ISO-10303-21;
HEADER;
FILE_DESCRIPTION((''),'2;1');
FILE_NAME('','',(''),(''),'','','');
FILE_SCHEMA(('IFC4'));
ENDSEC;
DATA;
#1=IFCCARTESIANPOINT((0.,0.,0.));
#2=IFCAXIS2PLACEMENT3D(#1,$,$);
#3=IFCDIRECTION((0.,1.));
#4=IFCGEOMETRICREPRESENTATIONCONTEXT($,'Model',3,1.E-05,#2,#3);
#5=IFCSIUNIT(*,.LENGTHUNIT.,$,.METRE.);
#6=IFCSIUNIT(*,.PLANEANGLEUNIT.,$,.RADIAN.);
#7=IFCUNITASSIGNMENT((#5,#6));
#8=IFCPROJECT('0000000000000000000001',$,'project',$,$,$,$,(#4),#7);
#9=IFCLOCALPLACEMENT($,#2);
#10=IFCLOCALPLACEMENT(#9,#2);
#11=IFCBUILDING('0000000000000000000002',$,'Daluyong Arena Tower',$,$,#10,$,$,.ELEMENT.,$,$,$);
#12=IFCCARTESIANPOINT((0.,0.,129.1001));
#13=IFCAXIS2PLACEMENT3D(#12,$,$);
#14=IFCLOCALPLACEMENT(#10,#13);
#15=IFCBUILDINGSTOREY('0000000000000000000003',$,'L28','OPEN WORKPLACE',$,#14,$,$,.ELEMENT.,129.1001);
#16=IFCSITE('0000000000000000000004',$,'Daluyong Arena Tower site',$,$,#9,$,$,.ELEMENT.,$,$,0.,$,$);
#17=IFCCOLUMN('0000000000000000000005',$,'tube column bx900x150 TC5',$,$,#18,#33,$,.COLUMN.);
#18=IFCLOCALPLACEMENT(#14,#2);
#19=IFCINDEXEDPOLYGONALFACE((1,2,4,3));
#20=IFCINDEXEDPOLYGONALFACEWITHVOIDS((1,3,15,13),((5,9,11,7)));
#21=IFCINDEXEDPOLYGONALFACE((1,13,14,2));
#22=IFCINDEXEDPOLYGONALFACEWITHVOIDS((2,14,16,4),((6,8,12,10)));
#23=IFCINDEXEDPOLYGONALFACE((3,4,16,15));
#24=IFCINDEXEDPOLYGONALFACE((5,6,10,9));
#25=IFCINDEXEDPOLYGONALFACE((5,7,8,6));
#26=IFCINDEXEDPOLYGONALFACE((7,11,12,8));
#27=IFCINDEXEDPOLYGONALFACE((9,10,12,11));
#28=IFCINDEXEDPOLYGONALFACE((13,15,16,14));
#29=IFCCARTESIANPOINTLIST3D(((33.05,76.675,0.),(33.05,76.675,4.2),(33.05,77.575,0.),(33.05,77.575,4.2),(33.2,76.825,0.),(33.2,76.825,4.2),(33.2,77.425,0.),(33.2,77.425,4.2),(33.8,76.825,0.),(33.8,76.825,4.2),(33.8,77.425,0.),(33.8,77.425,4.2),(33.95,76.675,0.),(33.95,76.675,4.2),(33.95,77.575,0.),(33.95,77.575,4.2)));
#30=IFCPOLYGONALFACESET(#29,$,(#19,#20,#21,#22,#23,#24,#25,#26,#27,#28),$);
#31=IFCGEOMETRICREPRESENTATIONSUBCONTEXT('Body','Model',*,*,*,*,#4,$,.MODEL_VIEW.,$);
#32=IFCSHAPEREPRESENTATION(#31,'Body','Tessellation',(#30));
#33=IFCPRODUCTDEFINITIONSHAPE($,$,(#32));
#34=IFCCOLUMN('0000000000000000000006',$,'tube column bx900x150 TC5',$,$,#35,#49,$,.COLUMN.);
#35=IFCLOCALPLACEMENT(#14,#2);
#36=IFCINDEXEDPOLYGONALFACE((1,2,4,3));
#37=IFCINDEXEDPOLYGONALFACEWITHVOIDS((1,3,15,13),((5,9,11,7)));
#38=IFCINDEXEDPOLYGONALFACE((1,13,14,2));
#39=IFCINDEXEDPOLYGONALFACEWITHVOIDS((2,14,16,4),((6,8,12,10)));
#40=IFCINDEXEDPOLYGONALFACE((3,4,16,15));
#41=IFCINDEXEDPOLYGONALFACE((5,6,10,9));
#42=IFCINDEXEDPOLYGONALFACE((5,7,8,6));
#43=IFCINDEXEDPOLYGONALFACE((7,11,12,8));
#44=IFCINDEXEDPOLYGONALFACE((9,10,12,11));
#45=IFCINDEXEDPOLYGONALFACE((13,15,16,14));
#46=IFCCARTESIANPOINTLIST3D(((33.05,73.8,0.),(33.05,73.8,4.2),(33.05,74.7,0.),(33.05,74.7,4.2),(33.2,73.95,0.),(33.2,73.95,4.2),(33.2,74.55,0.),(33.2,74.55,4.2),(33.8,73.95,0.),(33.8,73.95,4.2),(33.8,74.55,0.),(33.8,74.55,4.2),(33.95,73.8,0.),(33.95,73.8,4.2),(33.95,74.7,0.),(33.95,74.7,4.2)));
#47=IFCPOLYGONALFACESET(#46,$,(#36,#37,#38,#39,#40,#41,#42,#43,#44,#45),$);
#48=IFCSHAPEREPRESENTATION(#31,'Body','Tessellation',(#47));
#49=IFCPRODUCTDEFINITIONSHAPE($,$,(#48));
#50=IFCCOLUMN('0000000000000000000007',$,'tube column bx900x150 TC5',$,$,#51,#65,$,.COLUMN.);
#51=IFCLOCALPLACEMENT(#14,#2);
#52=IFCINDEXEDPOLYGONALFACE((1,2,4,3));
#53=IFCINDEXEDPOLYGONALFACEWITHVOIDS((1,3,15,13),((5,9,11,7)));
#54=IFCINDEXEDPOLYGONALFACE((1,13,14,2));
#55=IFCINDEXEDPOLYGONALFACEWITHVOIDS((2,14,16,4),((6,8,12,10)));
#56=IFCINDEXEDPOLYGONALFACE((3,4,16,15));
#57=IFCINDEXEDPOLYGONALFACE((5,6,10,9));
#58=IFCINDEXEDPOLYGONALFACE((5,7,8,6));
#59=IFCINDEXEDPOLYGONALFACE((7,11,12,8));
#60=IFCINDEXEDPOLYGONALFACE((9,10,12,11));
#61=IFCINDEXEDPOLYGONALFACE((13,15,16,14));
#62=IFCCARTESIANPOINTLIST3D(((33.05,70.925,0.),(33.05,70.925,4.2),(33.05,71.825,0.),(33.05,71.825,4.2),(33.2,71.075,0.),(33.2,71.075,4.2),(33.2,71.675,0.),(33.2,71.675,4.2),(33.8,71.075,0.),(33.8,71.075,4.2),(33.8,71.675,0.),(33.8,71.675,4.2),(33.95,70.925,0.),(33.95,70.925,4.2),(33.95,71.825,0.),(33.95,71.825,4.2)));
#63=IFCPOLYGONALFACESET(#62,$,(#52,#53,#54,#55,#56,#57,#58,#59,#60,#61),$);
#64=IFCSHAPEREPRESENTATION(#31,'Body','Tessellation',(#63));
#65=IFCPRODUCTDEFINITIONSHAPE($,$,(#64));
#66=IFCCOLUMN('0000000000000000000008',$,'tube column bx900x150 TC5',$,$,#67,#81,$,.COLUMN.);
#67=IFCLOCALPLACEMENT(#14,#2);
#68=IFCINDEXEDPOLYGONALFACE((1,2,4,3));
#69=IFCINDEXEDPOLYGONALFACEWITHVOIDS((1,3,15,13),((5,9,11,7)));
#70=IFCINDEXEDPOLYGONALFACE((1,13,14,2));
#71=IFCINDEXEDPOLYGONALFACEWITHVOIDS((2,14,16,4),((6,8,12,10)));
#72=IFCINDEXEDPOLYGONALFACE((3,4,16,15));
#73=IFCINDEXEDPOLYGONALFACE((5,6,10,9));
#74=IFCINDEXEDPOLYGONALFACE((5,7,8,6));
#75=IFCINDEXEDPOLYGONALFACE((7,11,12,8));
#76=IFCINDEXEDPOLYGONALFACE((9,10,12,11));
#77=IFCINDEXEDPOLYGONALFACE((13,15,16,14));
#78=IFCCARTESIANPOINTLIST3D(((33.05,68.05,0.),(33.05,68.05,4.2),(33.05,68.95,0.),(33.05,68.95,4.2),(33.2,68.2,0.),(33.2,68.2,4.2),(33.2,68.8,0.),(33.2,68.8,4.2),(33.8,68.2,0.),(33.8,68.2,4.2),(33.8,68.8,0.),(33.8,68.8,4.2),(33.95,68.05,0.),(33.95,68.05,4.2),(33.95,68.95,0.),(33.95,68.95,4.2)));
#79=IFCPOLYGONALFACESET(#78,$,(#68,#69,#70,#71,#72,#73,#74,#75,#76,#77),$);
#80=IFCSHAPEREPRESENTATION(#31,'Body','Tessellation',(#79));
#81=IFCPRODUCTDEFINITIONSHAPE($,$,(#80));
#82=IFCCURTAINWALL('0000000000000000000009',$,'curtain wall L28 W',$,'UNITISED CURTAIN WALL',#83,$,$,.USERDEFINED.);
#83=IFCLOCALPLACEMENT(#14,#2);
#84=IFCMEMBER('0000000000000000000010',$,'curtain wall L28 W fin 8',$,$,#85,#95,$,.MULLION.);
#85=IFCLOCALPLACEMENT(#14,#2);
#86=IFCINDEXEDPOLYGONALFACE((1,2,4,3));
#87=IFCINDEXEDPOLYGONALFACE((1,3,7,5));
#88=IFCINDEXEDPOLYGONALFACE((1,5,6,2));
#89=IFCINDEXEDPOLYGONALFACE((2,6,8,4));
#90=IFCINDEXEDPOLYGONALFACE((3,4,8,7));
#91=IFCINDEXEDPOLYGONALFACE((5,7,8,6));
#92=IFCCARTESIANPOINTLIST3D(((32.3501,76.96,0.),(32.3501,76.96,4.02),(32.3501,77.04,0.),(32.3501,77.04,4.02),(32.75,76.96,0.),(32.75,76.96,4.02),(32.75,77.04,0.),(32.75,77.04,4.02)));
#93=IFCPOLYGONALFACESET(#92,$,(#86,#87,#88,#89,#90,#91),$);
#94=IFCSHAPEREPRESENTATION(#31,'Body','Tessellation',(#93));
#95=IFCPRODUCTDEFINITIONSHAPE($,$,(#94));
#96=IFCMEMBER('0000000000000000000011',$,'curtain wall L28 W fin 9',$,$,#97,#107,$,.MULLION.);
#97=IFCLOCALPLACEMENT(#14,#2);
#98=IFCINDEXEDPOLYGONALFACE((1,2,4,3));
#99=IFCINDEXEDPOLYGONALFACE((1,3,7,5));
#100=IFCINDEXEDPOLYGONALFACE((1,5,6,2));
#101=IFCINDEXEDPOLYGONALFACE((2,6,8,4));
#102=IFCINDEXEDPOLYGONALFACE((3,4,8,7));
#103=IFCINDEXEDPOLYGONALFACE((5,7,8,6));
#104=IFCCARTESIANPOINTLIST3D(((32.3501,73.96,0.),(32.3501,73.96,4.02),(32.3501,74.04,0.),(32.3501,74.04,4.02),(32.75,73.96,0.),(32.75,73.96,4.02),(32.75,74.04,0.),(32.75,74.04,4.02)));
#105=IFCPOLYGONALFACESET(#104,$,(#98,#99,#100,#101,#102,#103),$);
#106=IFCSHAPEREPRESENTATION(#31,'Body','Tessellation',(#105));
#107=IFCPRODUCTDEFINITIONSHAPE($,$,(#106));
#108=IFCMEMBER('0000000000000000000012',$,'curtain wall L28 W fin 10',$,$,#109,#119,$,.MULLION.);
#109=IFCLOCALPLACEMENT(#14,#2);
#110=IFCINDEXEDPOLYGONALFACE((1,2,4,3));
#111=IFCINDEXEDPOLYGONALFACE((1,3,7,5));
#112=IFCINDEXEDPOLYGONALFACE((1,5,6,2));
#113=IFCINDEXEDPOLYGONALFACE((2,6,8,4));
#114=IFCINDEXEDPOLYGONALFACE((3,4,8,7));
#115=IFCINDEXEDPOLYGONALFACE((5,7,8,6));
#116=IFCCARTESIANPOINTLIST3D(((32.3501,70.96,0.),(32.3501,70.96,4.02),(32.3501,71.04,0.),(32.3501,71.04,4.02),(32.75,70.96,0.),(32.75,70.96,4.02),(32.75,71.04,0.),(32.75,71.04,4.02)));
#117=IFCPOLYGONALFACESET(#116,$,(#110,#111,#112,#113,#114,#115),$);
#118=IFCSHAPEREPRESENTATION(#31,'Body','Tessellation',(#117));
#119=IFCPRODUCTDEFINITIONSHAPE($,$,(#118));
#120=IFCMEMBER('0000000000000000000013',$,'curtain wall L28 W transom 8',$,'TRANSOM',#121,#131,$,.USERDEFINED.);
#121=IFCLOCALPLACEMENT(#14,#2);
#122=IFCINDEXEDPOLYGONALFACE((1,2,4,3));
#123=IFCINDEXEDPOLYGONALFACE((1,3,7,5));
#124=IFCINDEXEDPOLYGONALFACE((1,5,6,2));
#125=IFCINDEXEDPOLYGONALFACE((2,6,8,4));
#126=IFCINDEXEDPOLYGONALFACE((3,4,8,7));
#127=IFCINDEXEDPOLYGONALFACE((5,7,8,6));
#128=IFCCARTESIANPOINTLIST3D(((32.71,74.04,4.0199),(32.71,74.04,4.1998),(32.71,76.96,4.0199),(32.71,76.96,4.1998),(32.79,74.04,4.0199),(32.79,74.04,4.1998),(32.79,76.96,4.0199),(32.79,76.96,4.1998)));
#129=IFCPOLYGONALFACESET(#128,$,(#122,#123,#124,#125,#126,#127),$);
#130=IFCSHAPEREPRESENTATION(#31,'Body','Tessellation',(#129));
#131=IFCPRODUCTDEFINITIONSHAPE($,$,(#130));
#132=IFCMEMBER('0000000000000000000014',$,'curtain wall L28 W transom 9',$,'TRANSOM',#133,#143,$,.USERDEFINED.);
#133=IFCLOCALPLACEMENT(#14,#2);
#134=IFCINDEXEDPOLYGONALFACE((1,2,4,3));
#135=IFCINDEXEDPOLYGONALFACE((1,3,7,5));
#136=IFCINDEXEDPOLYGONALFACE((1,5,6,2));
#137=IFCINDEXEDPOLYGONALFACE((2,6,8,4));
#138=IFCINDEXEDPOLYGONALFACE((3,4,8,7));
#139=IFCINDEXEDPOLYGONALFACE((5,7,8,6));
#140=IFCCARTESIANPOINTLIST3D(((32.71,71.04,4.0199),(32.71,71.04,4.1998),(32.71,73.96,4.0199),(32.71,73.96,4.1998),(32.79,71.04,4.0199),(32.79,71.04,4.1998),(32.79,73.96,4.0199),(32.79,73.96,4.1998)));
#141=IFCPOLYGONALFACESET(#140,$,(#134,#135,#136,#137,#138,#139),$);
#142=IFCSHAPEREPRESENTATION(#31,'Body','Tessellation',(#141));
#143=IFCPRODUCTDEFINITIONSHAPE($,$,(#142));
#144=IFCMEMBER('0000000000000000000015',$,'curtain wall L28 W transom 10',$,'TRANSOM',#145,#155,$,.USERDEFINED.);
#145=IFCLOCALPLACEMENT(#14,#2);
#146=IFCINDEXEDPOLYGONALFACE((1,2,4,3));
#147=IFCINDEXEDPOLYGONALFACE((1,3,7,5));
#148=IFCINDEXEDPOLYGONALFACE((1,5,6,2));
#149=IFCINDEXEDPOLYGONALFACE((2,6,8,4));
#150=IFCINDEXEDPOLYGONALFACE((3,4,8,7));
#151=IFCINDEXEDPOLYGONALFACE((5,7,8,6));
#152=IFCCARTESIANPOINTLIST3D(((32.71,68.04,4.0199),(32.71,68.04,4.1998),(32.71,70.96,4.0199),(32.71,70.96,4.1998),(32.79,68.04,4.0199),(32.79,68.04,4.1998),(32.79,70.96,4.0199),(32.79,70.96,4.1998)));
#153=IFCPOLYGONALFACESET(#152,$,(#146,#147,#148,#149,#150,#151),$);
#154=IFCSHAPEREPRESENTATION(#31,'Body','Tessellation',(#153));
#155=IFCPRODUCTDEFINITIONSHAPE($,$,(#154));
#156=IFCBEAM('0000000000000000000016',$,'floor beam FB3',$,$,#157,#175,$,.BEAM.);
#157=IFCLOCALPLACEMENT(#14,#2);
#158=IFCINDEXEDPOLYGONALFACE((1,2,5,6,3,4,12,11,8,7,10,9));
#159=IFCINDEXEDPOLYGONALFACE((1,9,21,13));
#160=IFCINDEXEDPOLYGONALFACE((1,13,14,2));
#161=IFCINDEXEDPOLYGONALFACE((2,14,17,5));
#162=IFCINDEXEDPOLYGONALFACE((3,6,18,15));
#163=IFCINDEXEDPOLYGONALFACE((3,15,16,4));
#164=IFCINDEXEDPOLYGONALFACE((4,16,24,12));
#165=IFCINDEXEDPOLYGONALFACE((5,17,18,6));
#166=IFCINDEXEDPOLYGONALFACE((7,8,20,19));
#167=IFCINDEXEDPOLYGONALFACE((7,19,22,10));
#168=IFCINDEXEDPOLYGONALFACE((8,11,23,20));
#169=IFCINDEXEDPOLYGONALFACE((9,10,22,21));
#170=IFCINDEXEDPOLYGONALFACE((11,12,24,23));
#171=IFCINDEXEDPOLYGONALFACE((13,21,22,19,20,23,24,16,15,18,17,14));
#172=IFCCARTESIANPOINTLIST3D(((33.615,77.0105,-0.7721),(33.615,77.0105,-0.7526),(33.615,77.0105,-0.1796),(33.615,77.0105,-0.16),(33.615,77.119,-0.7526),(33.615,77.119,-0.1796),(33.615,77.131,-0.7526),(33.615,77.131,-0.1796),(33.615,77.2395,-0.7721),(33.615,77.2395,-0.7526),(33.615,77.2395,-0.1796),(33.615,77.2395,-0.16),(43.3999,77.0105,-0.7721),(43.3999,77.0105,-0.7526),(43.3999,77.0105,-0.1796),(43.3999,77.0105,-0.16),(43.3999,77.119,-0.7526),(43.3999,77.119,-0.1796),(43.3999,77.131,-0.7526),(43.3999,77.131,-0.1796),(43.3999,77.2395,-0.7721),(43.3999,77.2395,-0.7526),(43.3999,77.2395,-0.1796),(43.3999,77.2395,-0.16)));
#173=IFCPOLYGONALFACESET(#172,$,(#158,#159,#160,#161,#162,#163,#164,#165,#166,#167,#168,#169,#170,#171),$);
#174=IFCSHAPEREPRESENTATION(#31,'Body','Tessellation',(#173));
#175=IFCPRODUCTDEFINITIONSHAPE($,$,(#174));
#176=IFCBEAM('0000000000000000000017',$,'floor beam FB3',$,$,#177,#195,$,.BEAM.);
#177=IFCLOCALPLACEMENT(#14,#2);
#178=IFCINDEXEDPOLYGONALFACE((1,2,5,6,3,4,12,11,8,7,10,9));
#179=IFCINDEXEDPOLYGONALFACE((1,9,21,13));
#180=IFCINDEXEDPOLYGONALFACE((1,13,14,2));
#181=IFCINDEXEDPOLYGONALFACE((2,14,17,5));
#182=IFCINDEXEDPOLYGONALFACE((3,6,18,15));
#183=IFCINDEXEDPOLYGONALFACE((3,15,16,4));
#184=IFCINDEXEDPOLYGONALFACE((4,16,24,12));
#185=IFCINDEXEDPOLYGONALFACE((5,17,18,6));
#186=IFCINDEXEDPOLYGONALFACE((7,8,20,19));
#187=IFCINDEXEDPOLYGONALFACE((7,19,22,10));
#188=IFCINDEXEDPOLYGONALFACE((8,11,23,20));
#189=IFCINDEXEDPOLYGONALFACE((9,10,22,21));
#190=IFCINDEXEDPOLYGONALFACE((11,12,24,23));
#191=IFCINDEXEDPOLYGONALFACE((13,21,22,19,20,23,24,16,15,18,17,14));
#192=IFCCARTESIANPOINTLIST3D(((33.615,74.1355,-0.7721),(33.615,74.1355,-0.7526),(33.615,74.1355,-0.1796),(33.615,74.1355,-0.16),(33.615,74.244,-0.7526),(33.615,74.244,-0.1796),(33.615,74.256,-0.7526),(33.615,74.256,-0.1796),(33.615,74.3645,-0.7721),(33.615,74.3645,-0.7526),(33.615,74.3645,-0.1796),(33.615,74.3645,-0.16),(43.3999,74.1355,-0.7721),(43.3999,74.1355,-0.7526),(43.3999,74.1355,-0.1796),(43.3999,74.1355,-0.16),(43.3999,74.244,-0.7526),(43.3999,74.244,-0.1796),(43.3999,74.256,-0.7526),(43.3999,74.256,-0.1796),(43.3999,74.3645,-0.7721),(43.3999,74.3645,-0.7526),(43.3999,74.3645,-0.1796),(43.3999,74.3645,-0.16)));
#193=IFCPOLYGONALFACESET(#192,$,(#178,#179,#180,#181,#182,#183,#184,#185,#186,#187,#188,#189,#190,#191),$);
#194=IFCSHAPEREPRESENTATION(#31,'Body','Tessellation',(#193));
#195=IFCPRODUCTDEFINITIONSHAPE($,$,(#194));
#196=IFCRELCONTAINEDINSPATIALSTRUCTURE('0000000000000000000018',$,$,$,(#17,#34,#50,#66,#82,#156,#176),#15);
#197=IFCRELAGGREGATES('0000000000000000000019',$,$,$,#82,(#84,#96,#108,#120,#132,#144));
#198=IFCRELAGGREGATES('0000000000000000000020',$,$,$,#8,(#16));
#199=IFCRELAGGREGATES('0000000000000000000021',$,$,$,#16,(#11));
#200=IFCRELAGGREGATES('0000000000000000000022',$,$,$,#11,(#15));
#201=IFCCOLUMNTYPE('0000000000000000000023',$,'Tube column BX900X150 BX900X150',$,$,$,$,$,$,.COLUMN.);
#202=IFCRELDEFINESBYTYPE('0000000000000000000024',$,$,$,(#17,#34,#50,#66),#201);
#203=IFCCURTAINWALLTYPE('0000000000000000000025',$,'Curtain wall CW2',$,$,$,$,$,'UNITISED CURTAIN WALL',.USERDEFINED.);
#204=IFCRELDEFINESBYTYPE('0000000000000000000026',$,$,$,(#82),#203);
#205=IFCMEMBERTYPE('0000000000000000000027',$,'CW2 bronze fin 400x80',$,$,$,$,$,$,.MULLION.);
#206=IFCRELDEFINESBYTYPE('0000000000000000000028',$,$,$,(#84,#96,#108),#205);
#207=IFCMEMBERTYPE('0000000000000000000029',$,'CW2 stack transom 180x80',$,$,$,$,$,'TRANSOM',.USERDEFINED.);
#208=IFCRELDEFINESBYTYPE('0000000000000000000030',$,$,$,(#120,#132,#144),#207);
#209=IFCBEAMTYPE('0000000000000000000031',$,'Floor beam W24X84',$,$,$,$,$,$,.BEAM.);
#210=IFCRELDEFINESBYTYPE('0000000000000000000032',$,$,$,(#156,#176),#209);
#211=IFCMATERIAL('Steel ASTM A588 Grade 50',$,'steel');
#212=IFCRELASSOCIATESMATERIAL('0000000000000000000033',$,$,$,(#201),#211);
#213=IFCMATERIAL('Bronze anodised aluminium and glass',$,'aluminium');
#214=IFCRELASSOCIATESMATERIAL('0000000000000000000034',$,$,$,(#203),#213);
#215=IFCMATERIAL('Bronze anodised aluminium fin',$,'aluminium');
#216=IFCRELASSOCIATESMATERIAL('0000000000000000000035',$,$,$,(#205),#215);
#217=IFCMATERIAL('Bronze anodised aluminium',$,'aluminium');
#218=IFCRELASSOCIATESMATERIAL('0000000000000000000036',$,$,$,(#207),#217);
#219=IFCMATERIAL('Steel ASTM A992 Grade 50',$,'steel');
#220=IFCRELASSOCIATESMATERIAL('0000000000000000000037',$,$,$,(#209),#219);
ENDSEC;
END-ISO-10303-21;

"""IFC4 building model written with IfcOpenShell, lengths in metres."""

from ifc_helpers import new_model, si_unit, direction, frame, origin, origin_2d, place, context, subcontext, project, spatial, rectangle, hollow_rectangle, i_section, extrude, material, material_profile, profile_set, type_object, element, aggregate, save


model = new_model("IFC4")

# Units and contexts
model_context = context("Model", 3, precision=1e-05, world=origin(), true_north=direction((0.0, 1.0)))
body_context = subcontext(model_context, "Body", "Model", "MODEL_VIEW")
ifc_project = project(units=[si_unit("LENGTHUNIT", "METRE"), si_unit("PLANEANGLEUNIT", "RADIAN")], contexts=[model_context])

# Site, building, storey
site_placement = place(None, origin())
site = spatial("IfcSite", under=ifc_project, at=site_placement, Name="Daluyong Arena Tower site", CompositionType="ELEMENT", RefElevation=0.0)
building_placement = place(site_placement, origin())
building = spatial("IfcBuilding", under=site, at=building_placement, Name="Daluyong Arena Tower", CompositionType="ELEMENT")
storey_placement = place(building_placement, frame((0.0, 0.0, 129.1001)))
storey = spatial("IfcBuildingStorey", under=building, at=storey_placement, Name="L28", Description="OPEN WORKPLACE", CompositionType="ELEMENT", Elevation=129.1001)

# Columns
ifc_material_1 = material(Name="Steel ASTM A588 Grade 50", Category="steel")
ifc_material_profile_1 = material_profile(ifc_material_1, hollow_rectangle(XDim=0.8999, YDim=0.8999, WallThickness=0.15, at=origin_2d()))
ifc_profile_set_1 = profile_set([ifc_material_profile_1], Name="Steel ASTM A588 Grade 50")
column_type = type_object("IfcColumnType", Name="Tube column BX900X150 BX900X150", PredefinedType="COLUMN", material=ifc_profile_set_1)
for number, where, z_axis, x_axis, name in (
    (1, (33.5, 77.125, 0.0), (0.0, 0.0, 1.0), (0.0, 1.0, 0.0), "tube column bx900x150 TC5"),
    (2, (33.5, 74.25, 0.0), (0.0, 0.0, 1.0), (0.0, 1.0, 0.0), "tube column bx900x150 TC5"),
    (3, (33.5, 71.375, 0.0), (0.0, 0.0, 1.0), (0.0, 1.0, 0.0), "tube column bx900x150 TC5"),
    (4, (33.5, 68.5, 0.0), (0.0, 0.0, 1.0), (0.0, 1.0, 0.0), "tube column bx900x150 TC5"),
):
    element("IfcColumn", number, at=place(storey_placement, frame(where, z_axis=z_axis, x_axis=x_axis)), inside=storey, type_object=column_type, Name=name, PredefinedType="COLUMN", context=body_context, shape_type="SweptSolid", body=[
        extrude(hollow_rectangle(XDim=0.8999, YDim=0.8999, WallThickness=0.15, at=origin_2d()), origin(), (0.0, 0.0, 1.0), 4.2),
    ])

# Curtain wall, members
ifc_material_2 = material(Name="Bronze anodised aluminium and glass", Category="aluminium")
curtain_wall_type = type_object("IfcCurtainWallType", Name="Curtain wall CW2", ElementType="UNITISED CURTAIN WALL", PredefinedType="USERDEFINED", material=ifc_material_2)
curtain_wall_placement = place(storey_placement, origin())
curtain_wall = element("IfcCurtainWall", 5, at=curtain_wall_placement, inside=storey, type_object=curtain_wall_type, Name="curtain wall L28 W", ObjectType="UNITISED CURTAIN WALL", PredefinedType="USERDEFINED")
ifc_material_3 = material(Name="Bronze anodised aluminium fin", Category="aluminium")
ifc_material_profile_2 = material_profile(ifc_material_3, rectangle(XDim=0.3999, YDim=0.0801, at=origin_2d()))
ifc_profile_set_2 = profile_set([ifc_material_profile_2], Name="Bronze anodised aluminium fin")
member_type_1 = type_object("IfcMemberType", Name="CW2 bronze fin 400x80", PredefinedType="MULLION", material=ifc_profile_set_2)
member_1_placement = place(storey_placement, frame((32.55, 77.0, 0.0), z_axis=(0.0, 0.0, 1.0), x_axis=(1.0, 0.0, 0.0)))
member_1 = element("IfcMember", 6, at=member_1_placement, type_object=member_type_1, Name="curtain wall L28 W fin 8", PredefinedType="MULLION", context=body_context, shape_type="SweptSolid", body=[
    extrude(rectangle(XDim=0.3999, YDim=0.0801, at=origin_2d()), origin(), (0.0, 0.0, 1.0), 4.02),
])
member_2_placement = place(storey_placement, frame((32.55, 74.0, 0.0), z_axis=(0.0, 0.0, 1.0), x_axis=(1.0, 0.0, 0.0)))
member_2 = element("IfcMember", 7, at=member_2_placement, type_object=member_type_1, Name="curtain wall L28 W fin 9", PredefinedType="MULLION", context=body_context, shape_type="SweptSolid", body=[
    extrude(rectangle(XDim=0.3999, YDim=0.0801, at=origin_2d()), origin(), (0.0, 0.0, 1.0), 4.02),
])
member_3_placement = place(storey_placement, frame((32.55, 71.0, 0.0), z_axis=(0.0, 0.0, 1.0), x_axis=(1.0, 0.0, 0.0)))
member_3 = element("IfcMember", 8, at=member_3_placement, type_object=member_type_1, Name="curtain wall L28 W fin 10", PredefinedType="MULLION", context=body_context, shape_type="SweptSolid", body=[
    extrude(rectangle(XDim=0.3999, YDim=0.0801, at=origin_2d()), origin(), (0.0, 0.0, 1.0), 4.02),
])
ifc_material_4 = material(Name="Bronze anodised aluminium", Category="aluminium")
ifc_material_profile_3 = material_profile(ifc_material_4, rectangle(XDim=0.0801, YDim=0.1799, at=origin_2d()))
ifc_profile_set_3 = profile_set([ifc_material_profile_3], Name="Bronze anodised aluminium")
member_type_2 = type_object("IfcMemberType", Name="CW2 stack transom 180x80", ElementType="TRANSOM", PredefinedType="USERDEFINED", material=ifc_profile_set_3)
member_4_placement = place(storey_placement, frame((32.75, 76.96, 4.1099), z_axis=(0.0, -1.0, 0.0), x_axis=(1.0, 0.0, 0.0)))
member_4 = element("IfcMember", 9, at=member_4_placement, type_object=member_type_2, Name="curtain wall L28 W transom 8", ObjectType="TRANSOM", PredefinedType="USERDEFINED", context=body_context, shape_type="SweptSolid", body=[
    extrude(rectangle(XDim=0.0801, YDim=0.1799, at=origin_2d()), origin(), (0.0, 0.0, 1.0), 2.9199),
])
member_5_placement = place(storey_placement, frame((32.75, 73.96, 4.1099), z_axis=(0.0, -1.0, 0.0), x_axis=(1.0, 0.0, 0.0)))
member_5 = element("IfcMember", 10, at=member_5_placement, type_object=member_type_2, Name="curtain wall L28 W transom 9", ObjectType="TRANSOM", PredefinedType="USERDEFINED", context=body_context, shape_type="SweptSolid", body=[
    extrude(rectangle(XDim=0.0801, YDim=0.1799, at=origin_2d()), origin(), (0.0, 0.0, 1.0), 2.9199),
])
member_6_placement = place(storey_placement, frame((32.75, 70.96, 4.1099), z_axis=(0.0, -1.0, 0.0), x_axis=(1.0, 0.0, 0.0)))
member_6 = element("IfcMember", 11, at=member_6_placement, type_object=member_type_2, Name="curtain wall L28 W transom 10", ObjectType="TRANSOM", PredefinedType="USERDEFINED", context=body_context, shape_type="SweptSolid", body=[
    extrude(rectangle(XDim=0.0801, YDim=0.1799, at=origin_2d()), origin(), (0.0, 0.0, 1.0), 2.9199),
])

# Beams
ifc_material_5 = material(Name="Steel ASTM A992 Grade 50", Category="steel")
ifc_material_profile_4 = material_profile(ifc_material_5, i_section(OverallWidth=0.229, OverallDepth=0.6121, WebThickness=0.012, FlangeThickness=0.0195, at=origin_2d()))
ifc_profile_set_4 = profile_set([ifc_material_profile_4], Name="Steel ASTM A992 Grade 50")
beam_type_1 = type_object("IfcBeamType", Name="Floor beam W24X84", PredefinedType="BEAM", material=ifc_profile_set_4)
for number, where, z_axis, x_axis, name in (
    (12, (33.615, 77.125, -0.4661), (1.0, 0.0, 0.0), (0.0, 1.0, 0.0), "floor beam FB3"),
    (13, (33.615, 74.25, -0.4661), (1.0, 0.0, 0.0), (0.0, 1.0, 0.0), "floor beam FB3"),
):
    element("IfcBeam", number, at=place(storey_placement, frame(where, z_axis=z_axis, x_axis=x_axis)), inside=storey, type_object=beam_type_1, Name=name, PredefinedType="BEAM", context=body_context, shape_type="SweptSolid", body=[
        extrude(i_section(OverallWidth=0.229, OverallDepth=0.6121, WebThickness=0.012, FlangeThickness=0.0195, at=origin_2d()), origin(), (0.0, 0.0, 1.0), 9.7849),
    ])

aggregate(curtain_wall, [member_1, member_2, member_3, member_4, member_5, member_6])

save(model, "model.ifc")
